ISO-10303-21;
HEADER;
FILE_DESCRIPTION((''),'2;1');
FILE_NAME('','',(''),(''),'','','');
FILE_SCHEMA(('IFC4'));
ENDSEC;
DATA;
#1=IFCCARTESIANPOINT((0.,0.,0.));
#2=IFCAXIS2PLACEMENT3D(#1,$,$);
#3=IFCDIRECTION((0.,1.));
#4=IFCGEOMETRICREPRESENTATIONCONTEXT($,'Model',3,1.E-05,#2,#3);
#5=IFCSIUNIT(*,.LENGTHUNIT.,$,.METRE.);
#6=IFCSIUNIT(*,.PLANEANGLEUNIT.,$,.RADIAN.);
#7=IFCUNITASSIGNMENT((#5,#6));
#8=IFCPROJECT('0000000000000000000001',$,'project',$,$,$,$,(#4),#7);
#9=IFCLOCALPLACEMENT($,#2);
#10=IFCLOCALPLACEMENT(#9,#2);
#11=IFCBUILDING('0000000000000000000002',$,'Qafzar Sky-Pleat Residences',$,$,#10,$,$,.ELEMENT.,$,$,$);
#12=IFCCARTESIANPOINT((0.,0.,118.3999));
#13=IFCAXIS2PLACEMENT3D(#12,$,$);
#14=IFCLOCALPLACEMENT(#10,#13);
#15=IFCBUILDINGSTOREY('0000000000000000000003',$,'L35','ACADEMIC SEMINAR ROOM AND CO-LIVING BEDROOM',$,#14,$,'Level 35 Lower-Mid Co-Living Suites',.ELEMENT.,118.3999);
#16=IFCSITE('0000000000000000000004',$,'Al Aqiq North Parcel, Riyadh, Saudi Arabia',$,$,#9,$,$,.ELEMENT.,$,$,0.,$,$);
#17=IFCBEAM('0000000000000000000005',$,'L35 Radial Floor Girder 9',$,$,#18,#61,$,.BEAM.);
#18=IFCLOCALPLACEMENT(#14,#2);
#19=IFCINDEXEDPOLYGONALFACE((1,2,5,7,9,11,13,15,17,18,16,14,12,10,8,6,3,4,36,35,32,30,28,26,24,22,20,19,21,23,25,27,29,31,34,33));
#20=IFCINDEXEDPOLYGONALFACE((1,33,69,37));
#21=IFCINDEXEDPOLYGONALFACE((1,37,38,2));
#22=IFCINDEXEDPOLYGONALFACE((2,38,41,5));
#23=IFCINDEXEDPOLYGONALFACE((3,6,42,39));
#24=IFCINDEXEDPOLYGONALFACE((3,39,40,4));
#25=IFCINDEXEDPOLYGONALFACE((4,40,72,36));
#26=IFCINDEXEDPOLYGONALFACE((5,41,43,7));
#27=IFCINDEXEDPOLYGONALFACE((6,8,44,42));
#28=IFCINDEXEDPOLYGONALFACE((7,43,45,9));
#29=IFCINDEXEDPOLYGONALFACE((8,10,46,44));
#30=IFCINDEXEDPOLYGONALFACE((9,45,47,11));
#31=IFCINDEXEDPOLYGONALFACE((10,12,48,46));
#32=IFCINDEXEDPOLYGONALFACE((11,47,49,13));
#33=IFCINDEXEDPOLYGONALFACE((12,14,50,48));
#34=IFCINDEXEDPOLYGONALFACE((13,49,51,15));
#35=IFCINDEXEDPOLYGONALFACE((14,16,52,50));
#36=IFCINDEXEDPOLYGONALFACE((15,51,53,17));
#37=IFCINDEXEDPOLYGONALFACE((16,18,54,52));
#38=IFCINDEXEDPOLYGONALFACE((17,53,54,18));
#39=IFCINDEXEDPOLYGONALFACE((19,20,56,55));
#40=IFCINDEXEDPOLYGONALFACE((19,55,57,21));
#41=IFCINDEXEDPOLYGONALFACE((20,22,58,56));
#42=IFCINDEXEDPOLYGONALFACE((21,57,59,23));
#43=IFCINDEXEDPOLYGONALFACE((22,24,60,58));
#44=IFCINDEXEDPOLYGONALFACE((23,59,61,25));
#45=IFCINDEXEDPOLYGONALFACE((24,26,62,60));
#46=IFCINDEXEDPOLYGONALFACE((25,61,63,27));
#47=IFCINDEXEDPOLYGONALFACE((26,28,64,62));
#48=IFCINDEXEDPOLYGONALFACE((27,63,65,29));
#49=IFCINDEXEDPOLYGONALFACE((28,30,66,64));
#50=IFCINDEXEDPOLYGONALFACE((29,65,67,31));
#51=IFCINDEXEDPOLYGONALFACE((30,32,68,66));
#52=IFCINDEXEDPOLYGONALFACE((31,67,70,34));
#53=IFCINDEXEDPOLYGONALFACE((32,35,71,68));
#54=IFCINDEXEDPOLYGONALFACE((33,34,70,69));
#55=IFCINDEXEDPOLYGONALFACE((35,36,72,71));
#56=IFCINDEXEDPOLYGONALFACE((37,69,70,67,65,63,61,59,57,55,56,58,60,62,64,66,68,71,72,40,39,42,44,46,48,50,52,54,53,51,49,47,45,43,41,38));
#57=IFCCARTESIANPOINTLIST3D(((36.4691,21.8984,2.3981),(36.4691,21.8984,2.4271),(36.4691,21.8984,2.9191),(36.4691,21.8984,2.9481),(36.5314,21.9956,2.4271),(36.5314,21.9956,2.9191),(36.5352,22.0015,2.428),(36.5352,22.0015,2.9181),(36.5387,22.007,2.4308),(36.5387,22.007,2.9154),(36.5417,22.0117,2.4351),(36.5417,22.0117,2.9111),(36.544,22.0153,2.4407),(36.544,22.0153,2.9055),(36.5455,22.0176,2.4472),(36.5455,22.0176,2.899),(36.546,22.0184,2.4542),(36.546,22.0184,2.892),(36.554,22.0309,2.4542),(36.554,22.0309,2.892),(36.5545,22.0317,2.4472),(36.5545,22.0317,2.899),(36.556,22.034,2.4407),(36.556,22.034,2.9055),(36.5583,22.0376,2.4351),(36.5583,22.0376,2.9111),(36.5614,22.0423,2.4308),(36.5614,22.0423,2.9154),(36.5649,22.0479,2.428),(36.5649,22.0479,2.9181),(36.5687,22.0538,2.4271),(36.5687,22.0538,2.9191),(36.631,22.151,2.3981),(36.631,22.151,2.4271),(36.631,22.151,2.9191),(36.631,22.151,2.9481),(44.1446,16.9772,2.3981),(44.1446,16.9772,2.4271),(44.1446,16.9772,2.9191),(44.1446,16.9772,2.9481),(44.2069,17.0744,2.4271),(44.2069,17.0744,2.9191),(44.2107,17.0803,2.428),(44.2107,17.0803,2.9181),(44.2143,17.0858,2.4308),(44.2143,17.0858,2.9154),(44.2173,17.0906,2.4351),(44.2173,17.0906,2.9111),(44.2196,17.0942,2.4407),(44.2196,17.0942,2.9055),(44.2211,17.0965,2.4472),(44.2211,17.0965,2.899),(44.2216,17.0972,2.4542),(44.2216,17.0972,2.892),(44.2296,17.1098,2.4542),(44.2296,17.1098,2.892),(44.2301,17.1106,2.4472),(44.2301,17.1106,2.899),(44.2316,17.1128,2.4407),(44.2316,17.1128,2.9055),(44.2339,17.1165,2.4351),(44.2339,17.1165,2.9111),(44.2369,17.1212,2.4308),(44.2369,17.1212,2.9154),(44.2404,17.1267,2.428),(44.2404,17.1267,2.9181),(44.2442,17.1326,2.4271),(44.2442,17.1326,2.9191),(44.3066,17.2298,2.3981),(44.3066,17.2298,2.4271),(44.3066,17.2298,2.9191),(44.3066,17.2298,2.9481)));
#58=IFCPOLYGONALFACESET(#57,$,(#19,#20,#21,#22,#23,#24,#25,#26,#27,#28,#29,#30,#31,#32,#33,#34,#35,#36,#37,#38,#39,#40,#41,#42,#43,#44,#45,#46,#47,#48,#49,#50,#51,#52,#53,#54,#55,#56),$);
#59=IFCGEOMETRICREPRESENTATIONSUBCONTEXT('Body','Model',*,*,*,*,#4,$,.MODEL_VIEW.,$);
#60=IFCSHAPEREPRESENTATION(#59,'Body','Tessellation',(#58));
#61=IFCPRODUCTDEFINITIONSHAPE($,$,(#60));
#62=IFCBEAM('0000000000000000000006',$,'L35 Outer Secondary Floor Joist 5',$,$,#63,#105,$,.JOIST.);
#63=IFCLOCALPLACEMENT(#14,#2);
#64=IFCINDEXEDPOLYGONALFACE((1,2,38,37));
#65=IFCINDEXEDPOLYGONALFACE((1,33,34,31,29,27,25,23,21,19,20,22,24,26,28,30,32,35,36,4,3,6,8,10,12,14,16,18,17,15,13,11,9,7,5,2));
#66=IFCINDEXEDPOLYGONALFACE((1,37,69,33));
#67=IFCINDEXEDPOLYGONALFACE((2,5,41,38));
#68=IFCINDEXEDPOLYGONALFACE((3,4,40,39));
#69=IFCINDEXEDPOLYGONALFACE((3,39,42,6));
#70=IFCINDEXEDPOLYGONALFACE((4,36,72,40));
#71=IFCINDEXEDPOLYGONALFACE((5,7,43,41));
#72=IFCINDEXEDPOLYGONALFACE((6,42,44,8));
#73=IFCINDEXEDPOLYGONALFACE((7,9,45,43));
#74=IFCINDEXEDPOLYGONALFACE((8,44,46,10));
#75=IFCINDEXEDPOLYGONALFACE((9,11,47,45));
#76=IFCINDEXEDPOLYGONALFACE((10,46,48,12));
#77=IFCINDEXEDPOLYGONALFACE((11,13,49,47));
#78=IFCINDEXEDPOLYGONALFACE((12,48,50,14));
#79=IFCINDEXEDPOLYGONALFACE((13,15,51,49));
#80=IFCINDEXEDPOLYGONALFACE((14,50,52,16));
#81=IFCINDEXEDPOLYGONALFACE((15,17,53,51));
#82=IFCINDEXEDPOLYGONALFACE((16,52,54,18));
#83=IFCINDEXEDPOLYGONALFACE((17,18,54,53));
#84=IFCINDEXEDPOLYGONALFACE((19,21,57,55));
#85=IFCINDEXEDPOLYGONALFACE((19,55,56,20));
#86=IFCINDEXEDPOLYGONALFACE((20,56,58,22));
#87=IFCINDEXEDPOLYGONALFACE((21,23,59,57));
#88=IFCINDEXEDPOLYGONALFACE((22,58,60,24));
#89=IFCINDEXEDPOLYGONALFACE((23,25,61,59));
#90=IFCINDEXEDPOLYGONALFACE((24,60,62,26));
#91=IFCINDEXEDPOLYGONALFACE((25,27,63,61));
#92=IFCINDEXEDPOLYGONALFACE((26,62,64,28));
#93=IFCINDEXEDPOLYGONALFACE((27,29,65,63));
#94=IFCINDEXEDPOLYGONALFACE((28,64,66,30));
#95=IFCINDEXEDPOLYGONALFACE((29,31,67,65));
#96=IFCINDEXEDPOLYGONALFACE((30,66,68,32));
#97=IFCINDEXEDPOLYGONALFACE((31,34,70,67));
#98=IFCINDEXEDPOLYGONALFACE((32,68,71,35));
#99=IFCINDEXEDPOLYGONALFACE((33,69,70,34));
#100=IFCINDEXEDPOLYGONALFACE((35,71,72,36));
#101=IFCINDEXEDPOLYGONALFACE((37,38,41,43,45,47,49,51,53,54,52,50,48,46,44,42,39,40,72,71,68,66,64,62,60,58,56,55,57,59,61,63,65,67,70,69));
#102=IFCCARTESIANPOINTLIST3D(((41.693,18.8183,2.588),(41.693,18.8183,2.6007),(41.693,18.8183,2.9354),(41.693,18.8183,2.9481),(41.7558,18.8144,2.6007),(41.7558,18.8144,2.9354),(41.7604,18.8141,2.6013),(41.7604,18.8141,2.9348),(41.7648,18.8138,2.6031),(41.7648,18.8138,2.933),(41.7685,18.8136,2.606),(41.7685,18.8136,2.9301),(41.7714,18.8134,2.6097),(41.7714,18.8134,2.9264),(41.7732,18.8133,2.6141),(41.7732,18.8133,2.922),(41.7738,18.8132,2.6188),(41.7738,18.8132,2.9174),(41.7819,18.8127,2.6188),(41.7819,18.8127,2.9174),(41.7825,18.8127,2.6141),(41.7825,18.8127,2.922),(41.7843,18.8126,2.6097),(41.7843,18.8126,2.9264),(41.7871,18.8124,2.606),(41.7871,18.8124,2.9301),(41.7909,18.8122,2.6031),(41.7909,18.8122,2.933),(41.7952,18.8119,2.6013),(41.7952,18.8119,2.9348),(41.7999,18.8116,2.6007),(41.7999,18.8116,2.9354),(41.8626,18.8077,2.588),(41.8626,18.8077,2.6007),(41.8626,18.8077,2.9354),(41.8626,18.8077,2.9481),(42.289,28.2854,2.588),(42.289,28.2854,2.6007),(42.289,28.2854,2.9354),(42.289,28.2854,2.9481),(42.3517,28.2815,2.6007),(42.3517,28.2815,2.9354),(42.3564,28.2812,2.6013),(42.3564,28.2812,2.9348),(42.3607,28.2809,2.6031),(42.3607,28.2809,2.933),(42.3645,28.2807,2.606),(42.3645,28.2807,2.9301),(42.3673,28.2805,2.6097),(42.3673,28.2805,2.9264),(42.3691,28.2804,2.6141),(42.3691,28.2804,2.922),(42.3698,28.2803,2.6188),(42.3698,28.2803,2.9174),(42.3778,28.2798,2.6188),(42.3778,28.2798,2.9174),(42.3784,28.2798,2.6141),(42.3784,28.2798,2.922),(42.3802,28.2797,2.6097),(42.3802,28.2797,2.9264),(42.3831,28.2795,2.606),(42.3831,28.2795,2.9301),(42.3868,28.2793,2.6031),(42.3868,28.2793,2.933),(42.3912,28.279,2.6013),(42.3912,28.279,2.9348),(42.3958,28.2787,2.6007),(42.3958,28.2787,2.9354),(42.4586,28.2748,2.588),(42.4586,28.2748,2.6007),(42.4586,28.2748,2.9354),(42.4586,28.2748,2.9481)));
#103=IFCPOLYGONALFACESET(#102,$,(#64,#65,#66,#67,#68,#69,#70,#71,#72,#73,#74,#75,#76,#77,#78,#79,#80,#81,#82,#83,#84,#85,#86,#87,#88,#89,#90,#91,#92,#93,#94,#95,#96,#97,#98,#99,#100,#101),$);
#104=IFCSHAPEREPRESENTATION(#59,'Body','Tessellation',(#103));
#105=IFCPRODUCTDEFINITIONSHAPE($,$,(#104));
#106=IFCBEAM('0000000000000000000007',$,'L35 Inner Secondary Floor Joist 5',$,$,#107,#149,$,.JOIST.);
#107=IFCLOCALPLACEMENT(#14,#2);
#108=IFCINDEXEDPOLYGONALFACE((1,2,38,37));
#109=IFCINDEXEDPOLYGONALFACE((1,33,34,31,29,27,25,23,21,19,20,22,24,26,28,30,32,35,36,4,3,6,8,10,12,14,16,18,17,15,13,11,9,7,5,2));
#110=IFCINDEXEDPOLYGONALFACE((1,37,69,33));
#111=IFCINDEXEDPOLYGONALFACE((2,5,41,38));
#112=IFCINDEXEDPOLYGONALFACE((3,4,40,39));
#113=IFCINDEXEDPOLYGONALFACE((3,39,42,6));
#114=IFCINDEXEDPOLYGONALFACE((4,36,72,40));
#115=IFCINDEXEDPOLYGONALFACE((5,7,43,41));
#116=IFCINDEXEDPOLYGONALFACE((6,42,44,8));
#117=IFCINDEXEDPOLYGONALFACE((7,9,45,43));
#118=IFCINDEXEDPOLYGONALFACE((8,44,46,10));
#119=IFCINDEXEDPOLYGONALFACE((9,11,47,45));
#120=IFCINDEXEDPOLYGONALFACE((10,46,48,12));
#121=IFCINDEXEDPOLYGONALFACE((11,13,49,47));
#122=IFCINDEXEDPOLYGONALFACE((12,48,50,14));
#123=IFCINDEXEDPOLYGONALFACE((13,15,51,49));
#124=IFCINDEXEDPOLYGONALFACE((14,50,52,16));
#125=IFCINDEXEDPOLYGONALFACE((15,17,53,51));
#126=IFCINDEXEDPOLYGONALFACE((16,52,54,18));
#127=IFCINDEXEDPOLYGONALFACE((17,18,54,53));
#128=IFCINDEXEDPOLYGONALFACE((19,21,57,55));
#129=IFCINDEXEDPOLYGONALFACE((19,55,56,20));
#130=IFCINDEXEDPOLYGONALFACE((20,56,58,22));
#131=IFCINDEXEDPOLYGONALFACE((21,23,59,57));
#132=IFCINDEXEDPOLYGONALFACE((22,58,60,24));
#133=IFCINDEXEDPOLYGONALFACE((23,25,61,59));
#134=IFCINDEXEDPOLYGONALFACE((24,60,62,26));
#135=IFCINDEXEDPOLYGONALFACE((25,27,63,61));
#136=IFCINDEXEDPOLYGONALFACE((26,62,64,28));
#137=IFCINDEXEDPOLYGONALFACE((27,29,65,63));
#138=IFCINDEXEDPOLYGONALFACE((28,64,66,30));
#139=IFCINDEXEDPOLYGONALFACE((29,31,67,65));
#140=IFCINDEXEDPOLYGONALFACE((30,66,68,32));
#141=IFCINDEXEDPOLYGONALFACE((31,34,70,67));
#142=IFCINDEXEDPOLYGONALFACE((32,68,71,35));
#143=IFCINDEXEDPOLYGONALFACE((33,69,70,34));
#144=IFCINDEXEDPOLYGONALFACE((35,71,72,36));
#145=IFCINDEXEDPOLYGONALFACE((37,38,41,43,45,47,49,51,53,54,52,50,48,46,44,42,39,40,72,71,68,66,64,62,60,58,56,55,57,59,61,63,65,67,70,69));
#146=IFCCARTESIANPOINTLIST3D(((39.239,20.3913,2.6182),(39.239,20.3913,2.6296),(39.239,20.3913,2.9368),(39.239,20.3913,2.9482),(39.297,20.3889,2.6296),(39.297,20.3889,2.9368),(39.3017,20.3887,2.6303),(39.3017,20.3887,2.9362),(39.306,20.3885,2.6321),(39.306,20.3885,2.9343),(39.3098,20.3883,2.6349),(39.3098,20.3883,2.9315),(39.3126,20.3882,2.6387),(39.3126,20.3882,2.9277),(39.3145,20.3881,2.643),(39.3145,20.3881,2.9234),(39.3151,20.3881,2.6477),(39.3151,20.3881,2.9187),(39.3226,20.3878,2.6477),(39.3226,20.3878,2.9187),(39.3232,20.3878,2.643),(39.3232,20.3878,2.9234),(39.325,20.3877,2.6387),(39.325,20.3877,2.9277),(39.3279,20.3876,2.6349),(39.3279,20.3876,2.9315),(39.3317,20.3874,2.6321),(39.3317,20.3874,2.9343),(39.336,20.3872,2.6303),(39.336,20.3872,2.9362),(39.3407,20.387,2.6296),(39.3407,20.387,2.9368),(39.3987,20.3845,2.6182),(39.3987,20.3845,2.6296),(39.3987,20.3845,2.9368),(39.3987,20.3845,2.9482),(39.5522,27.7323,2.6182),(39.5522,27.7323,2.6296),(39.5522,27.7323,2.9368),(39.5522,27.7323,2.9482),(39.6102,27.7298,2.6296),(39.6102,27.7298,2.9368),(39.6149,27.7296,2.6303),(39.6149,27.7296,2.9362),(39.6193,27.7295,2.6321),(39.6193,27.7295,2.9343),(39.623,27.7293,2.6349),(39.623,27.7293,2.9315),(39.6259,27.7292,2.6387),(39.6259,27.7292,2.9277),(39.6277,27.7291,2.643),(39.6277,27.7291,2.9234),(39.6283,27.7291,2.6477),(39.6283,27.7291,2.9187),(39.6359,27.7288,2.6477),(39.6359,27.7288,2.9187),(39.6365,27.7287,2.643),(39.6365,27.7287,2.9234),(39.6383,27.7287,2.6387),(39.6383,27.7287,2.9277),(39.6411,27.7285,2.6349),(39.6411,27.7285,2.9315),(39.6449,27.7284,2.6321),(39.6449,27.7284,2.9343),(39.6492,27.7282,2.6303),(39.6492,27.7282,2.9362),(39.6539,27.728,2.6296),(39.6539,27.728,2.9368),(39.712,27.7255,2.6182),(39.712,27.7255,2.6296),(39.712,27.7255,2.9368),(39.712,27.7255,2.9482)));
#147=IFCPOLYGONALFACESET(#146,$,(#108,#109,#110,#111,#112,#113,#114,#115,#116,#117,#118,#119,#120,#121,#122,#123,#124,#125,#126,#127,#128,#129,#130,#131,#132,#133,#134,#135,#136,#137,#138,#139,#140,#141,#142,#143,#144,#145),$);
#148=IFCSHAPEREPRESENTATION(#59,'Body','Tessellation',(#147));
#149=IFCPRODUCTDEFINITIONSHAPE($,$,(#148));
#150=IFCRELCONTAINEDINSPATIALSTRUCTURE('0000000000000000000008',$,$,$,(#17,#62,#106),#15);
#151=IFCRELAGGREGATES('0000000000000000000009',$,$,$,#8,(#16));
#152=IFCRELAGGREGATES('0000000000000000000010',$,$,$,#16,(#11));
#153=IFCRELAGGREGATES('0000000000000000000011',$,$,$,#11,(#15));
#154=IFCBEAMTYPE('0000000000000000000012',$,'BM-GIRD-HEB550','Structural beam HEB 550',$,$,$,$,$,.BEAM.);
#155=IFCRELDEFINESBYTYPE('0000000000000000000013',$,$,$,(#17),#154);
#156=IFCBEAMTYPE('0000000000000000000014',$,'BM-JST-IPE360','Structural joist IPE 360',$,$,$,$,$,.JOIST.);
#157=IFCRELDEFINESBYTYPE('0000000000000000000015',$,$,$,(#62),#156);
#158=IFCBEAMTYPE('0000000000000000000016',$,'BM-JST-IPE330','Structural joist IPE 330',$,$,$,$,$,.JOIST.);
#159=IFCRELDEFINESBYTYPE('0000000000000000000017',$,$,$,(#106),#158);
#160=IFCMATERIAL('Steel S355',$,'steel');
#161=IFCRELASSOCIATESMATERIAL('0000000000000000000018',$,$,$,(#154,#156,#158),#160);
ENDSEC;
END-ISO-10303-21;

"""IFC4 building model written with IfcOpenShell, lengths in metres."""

from ifc_helpers import new_model, si_unit, direction, frame, origin, origin_2d, place, context, subcontext, project, spatial, i_section, extrude, source, transform, mapped, material, material_profile, profile_set, type_object, element, save


model = new_model("IFC4")

# Units and contexts
model_context = context("Model", 3, precision=1e-05, world=origin(), true_north=direction((0.0, 1.0)))
body_context = subcontext(model_context, "Body", "Model", "MODEL_VIEW")
ifc_project = project(units=[si_unit("LENGTHUNIT", "METRE"), si_unit("PLANEANGLEUNIT", "RADIAN")], contexts=[model_context])

# Site, building, storey
site_placement = place(None, origin())
site = spatial("IfcSite", under=ifc_project, at=site_placement, Name="Al Aqiq North Parcel, Riyadh, Saudi Arabia", CompositionType="ELEMENT", RefElevation=0.0)
building_placement = place(site_placement, origin())
building = spatial("IfcBuilding", under=site, at=building_placement, Name="Qafzar Sky-Pleat Residences", CompositionType="ELEMENT")
storey_placement = place(building_placement, frame((0.0, 0.0, 118.3999)))
storey = spatial("IfcBuildingStorey", under=building, at=storey_placement, Name="L35", Description="ACADEMIC SEMINAR ROOM AND CO-LIVING BEDROOM", LongName="Level 35 Lower-Mid Co-Living Suites", CompositionType="ELEMENT", Elevation=118.3999)

# Beams
ifc_material_1 = material(Name="Steel S355", Category="steel")
ifc_material_profile_1 = material_profile(ifc_material_1, i_section(OverallWidth=0.3, OverallDepth=0.55, WebThickness=0.0149, FlangeThickness=0.0291, FilletRadius=0.0271, at=origin_2d()), Name="HEB 550")
ifc_profile_set_1 = profile_set([ifc_material_profile_1], Name="Steel S355")
beam_type_1 = type_object("IfcBeamType", Name="BM-GIRD-HEB550", Description="Structural beam HEB 550", PredefinedType="BEAM", material=ifc_profile_set_1)
shared_shape_1 = source(origin(), body_context, "Body", "SweptSolid", [
    extrude(i_section(OverallWidth=0.3, OverallDepth=0.55, WebThickness=0.0149, FlangeThickness=0.0291, FilletRadius=0.0271, at=origin_2d()), origin(), (0.0, 0.0, 1.0), 9.1177),
])
beam_1_placement = place(storey_placement, frame((44.2256, 17.1035, 2.6731), z_axis=(-0.841833, 0.539738, 0.0), x_axis=(-0.539738, -0.841833, 0.0)))
element("IfcBeam", 1, at=beam_1_placement, inside=storey, type_object=beam_type_1, Name="L35 Radial Floor Girder 9", PredefinedType="BEAM", context=body_context, shape_type="MappedRepresentation", body=[
    mapped(shared_shape_1, transform((0.0, 0.0, 0.0), x_axis=(1.0, 0.0, 0.0), y_axis=(0.0, 1.0, 0.0), z_axis=(0.0, 0.0, 1.0), scale=1.0)),
])
ifc_material_profile_2 = material_profile(ifc_material_1, i_section(OverallWidth=0.1699, OverallDepth=0.3601, WebThickness=0.0081, FlangeThickness=0.0127, FilletRadius=0.0181, at=origin_2d()), Name="IPE 360")
ifc_profile_set_2 = profile_set([ifc_material_profile_2], Name="Steel S355")
beam_type_2 = type_object("IfcBeamType", Name="BM-JST-IPE360", Description="Structural joist IPE 360", PredefinedType="JOIST", material=ifc_profile_set_2)
shared_shape_2 = source(origin(), body_context, "Body", "SweptSolid", [
    extrude(i_section(OverallWidth=0.1699, OverallDepth=0.3601, WebThickness=0.0081, FlangeThickness=0.0127, FilletRadius=0.0181, at=origin_2d()), origin(), (0.0, 0.0, 1.0), 9.4858),
])
beam_2_placement = place(storey_placement, frame((41.7778, 18.813, 2.7681), z_axis=(0.062825, 0.998025, 0.0), x_axis=(-0.998025, 0.062825, 0.0)))
element("IfcBeam", 2, at=beam_2_placement, inside=storey, type_object=beam_type_2, Name="L35 Outer Secondary Floor Joist 5", PredefinedType="JOIST", context=body_context, shape_type="MappedRepresentation", body=[
    mapped(shared_shape_2, transform((0.0, 0.0, 0.0), x_axis=(1.0, 0.0, 0.0), y_axis=(0.0, 1.0, 0.0), z_axis=(0.0, 0.0, 1.0), scale=1.0)),
])
ifc_material_profile_3 = material_profile(ifc_material_1, i_section(OverallWidth=0.1599, OverallDepth=0.3301, WebThickness=0.0076, FlangeThickness=0.0115, FilletRadius=0.0181, at=origin_2d()), Name="IPE 330")
ifc_profile_set_3 = profile_set([ifc_material_profile_3], Name="Steel S355")
beam_type_3 = type_object("IfcBeamType", Name="BM-JST-IPE330", Description="Structural joist IPE 330", PredefinedType="JOIST", material=ifc_profile_set_3)
shared_shape_3 = source(origin(), body_context, "Body", "SweptSolid", [
    extrude(i_section(OverallWidth=0.1599, OverallDepth=0.3301, WebThickness=0.0076, FlangeThickness=0.0115, FilletRadius=0.0181, at=origin_2d()), origin(), (0.0, 0.0, 1.0), 7.3477),
])
beam_3_placement = place(storey_placement, frame((39.3188, 20.3879, 2.7832), z_axis=(0.04263, 0.999091, 0.0), x_axis=(-0.999091, 0.04263, 0.0)))
element("IfcBeam", 3, at=beam_3_placement, inside=storey, type_object=beam_type_3, Name="L35 Inner Secondary Floor Joist 5", PredefinedType="JOIST", context=body_context, shape_type="MappedRepresentation", body=[
    mapped(shared_shape_3, transform((0.0, 0.0, 0.0), x_axis=(1.0, 0.0, 0.0), y_axis=(0.0, 1.0, 0.0), z_axis=(0.0, 0.0, 1.0), scale=1.0)),
])

save(model, "model.ifc")
